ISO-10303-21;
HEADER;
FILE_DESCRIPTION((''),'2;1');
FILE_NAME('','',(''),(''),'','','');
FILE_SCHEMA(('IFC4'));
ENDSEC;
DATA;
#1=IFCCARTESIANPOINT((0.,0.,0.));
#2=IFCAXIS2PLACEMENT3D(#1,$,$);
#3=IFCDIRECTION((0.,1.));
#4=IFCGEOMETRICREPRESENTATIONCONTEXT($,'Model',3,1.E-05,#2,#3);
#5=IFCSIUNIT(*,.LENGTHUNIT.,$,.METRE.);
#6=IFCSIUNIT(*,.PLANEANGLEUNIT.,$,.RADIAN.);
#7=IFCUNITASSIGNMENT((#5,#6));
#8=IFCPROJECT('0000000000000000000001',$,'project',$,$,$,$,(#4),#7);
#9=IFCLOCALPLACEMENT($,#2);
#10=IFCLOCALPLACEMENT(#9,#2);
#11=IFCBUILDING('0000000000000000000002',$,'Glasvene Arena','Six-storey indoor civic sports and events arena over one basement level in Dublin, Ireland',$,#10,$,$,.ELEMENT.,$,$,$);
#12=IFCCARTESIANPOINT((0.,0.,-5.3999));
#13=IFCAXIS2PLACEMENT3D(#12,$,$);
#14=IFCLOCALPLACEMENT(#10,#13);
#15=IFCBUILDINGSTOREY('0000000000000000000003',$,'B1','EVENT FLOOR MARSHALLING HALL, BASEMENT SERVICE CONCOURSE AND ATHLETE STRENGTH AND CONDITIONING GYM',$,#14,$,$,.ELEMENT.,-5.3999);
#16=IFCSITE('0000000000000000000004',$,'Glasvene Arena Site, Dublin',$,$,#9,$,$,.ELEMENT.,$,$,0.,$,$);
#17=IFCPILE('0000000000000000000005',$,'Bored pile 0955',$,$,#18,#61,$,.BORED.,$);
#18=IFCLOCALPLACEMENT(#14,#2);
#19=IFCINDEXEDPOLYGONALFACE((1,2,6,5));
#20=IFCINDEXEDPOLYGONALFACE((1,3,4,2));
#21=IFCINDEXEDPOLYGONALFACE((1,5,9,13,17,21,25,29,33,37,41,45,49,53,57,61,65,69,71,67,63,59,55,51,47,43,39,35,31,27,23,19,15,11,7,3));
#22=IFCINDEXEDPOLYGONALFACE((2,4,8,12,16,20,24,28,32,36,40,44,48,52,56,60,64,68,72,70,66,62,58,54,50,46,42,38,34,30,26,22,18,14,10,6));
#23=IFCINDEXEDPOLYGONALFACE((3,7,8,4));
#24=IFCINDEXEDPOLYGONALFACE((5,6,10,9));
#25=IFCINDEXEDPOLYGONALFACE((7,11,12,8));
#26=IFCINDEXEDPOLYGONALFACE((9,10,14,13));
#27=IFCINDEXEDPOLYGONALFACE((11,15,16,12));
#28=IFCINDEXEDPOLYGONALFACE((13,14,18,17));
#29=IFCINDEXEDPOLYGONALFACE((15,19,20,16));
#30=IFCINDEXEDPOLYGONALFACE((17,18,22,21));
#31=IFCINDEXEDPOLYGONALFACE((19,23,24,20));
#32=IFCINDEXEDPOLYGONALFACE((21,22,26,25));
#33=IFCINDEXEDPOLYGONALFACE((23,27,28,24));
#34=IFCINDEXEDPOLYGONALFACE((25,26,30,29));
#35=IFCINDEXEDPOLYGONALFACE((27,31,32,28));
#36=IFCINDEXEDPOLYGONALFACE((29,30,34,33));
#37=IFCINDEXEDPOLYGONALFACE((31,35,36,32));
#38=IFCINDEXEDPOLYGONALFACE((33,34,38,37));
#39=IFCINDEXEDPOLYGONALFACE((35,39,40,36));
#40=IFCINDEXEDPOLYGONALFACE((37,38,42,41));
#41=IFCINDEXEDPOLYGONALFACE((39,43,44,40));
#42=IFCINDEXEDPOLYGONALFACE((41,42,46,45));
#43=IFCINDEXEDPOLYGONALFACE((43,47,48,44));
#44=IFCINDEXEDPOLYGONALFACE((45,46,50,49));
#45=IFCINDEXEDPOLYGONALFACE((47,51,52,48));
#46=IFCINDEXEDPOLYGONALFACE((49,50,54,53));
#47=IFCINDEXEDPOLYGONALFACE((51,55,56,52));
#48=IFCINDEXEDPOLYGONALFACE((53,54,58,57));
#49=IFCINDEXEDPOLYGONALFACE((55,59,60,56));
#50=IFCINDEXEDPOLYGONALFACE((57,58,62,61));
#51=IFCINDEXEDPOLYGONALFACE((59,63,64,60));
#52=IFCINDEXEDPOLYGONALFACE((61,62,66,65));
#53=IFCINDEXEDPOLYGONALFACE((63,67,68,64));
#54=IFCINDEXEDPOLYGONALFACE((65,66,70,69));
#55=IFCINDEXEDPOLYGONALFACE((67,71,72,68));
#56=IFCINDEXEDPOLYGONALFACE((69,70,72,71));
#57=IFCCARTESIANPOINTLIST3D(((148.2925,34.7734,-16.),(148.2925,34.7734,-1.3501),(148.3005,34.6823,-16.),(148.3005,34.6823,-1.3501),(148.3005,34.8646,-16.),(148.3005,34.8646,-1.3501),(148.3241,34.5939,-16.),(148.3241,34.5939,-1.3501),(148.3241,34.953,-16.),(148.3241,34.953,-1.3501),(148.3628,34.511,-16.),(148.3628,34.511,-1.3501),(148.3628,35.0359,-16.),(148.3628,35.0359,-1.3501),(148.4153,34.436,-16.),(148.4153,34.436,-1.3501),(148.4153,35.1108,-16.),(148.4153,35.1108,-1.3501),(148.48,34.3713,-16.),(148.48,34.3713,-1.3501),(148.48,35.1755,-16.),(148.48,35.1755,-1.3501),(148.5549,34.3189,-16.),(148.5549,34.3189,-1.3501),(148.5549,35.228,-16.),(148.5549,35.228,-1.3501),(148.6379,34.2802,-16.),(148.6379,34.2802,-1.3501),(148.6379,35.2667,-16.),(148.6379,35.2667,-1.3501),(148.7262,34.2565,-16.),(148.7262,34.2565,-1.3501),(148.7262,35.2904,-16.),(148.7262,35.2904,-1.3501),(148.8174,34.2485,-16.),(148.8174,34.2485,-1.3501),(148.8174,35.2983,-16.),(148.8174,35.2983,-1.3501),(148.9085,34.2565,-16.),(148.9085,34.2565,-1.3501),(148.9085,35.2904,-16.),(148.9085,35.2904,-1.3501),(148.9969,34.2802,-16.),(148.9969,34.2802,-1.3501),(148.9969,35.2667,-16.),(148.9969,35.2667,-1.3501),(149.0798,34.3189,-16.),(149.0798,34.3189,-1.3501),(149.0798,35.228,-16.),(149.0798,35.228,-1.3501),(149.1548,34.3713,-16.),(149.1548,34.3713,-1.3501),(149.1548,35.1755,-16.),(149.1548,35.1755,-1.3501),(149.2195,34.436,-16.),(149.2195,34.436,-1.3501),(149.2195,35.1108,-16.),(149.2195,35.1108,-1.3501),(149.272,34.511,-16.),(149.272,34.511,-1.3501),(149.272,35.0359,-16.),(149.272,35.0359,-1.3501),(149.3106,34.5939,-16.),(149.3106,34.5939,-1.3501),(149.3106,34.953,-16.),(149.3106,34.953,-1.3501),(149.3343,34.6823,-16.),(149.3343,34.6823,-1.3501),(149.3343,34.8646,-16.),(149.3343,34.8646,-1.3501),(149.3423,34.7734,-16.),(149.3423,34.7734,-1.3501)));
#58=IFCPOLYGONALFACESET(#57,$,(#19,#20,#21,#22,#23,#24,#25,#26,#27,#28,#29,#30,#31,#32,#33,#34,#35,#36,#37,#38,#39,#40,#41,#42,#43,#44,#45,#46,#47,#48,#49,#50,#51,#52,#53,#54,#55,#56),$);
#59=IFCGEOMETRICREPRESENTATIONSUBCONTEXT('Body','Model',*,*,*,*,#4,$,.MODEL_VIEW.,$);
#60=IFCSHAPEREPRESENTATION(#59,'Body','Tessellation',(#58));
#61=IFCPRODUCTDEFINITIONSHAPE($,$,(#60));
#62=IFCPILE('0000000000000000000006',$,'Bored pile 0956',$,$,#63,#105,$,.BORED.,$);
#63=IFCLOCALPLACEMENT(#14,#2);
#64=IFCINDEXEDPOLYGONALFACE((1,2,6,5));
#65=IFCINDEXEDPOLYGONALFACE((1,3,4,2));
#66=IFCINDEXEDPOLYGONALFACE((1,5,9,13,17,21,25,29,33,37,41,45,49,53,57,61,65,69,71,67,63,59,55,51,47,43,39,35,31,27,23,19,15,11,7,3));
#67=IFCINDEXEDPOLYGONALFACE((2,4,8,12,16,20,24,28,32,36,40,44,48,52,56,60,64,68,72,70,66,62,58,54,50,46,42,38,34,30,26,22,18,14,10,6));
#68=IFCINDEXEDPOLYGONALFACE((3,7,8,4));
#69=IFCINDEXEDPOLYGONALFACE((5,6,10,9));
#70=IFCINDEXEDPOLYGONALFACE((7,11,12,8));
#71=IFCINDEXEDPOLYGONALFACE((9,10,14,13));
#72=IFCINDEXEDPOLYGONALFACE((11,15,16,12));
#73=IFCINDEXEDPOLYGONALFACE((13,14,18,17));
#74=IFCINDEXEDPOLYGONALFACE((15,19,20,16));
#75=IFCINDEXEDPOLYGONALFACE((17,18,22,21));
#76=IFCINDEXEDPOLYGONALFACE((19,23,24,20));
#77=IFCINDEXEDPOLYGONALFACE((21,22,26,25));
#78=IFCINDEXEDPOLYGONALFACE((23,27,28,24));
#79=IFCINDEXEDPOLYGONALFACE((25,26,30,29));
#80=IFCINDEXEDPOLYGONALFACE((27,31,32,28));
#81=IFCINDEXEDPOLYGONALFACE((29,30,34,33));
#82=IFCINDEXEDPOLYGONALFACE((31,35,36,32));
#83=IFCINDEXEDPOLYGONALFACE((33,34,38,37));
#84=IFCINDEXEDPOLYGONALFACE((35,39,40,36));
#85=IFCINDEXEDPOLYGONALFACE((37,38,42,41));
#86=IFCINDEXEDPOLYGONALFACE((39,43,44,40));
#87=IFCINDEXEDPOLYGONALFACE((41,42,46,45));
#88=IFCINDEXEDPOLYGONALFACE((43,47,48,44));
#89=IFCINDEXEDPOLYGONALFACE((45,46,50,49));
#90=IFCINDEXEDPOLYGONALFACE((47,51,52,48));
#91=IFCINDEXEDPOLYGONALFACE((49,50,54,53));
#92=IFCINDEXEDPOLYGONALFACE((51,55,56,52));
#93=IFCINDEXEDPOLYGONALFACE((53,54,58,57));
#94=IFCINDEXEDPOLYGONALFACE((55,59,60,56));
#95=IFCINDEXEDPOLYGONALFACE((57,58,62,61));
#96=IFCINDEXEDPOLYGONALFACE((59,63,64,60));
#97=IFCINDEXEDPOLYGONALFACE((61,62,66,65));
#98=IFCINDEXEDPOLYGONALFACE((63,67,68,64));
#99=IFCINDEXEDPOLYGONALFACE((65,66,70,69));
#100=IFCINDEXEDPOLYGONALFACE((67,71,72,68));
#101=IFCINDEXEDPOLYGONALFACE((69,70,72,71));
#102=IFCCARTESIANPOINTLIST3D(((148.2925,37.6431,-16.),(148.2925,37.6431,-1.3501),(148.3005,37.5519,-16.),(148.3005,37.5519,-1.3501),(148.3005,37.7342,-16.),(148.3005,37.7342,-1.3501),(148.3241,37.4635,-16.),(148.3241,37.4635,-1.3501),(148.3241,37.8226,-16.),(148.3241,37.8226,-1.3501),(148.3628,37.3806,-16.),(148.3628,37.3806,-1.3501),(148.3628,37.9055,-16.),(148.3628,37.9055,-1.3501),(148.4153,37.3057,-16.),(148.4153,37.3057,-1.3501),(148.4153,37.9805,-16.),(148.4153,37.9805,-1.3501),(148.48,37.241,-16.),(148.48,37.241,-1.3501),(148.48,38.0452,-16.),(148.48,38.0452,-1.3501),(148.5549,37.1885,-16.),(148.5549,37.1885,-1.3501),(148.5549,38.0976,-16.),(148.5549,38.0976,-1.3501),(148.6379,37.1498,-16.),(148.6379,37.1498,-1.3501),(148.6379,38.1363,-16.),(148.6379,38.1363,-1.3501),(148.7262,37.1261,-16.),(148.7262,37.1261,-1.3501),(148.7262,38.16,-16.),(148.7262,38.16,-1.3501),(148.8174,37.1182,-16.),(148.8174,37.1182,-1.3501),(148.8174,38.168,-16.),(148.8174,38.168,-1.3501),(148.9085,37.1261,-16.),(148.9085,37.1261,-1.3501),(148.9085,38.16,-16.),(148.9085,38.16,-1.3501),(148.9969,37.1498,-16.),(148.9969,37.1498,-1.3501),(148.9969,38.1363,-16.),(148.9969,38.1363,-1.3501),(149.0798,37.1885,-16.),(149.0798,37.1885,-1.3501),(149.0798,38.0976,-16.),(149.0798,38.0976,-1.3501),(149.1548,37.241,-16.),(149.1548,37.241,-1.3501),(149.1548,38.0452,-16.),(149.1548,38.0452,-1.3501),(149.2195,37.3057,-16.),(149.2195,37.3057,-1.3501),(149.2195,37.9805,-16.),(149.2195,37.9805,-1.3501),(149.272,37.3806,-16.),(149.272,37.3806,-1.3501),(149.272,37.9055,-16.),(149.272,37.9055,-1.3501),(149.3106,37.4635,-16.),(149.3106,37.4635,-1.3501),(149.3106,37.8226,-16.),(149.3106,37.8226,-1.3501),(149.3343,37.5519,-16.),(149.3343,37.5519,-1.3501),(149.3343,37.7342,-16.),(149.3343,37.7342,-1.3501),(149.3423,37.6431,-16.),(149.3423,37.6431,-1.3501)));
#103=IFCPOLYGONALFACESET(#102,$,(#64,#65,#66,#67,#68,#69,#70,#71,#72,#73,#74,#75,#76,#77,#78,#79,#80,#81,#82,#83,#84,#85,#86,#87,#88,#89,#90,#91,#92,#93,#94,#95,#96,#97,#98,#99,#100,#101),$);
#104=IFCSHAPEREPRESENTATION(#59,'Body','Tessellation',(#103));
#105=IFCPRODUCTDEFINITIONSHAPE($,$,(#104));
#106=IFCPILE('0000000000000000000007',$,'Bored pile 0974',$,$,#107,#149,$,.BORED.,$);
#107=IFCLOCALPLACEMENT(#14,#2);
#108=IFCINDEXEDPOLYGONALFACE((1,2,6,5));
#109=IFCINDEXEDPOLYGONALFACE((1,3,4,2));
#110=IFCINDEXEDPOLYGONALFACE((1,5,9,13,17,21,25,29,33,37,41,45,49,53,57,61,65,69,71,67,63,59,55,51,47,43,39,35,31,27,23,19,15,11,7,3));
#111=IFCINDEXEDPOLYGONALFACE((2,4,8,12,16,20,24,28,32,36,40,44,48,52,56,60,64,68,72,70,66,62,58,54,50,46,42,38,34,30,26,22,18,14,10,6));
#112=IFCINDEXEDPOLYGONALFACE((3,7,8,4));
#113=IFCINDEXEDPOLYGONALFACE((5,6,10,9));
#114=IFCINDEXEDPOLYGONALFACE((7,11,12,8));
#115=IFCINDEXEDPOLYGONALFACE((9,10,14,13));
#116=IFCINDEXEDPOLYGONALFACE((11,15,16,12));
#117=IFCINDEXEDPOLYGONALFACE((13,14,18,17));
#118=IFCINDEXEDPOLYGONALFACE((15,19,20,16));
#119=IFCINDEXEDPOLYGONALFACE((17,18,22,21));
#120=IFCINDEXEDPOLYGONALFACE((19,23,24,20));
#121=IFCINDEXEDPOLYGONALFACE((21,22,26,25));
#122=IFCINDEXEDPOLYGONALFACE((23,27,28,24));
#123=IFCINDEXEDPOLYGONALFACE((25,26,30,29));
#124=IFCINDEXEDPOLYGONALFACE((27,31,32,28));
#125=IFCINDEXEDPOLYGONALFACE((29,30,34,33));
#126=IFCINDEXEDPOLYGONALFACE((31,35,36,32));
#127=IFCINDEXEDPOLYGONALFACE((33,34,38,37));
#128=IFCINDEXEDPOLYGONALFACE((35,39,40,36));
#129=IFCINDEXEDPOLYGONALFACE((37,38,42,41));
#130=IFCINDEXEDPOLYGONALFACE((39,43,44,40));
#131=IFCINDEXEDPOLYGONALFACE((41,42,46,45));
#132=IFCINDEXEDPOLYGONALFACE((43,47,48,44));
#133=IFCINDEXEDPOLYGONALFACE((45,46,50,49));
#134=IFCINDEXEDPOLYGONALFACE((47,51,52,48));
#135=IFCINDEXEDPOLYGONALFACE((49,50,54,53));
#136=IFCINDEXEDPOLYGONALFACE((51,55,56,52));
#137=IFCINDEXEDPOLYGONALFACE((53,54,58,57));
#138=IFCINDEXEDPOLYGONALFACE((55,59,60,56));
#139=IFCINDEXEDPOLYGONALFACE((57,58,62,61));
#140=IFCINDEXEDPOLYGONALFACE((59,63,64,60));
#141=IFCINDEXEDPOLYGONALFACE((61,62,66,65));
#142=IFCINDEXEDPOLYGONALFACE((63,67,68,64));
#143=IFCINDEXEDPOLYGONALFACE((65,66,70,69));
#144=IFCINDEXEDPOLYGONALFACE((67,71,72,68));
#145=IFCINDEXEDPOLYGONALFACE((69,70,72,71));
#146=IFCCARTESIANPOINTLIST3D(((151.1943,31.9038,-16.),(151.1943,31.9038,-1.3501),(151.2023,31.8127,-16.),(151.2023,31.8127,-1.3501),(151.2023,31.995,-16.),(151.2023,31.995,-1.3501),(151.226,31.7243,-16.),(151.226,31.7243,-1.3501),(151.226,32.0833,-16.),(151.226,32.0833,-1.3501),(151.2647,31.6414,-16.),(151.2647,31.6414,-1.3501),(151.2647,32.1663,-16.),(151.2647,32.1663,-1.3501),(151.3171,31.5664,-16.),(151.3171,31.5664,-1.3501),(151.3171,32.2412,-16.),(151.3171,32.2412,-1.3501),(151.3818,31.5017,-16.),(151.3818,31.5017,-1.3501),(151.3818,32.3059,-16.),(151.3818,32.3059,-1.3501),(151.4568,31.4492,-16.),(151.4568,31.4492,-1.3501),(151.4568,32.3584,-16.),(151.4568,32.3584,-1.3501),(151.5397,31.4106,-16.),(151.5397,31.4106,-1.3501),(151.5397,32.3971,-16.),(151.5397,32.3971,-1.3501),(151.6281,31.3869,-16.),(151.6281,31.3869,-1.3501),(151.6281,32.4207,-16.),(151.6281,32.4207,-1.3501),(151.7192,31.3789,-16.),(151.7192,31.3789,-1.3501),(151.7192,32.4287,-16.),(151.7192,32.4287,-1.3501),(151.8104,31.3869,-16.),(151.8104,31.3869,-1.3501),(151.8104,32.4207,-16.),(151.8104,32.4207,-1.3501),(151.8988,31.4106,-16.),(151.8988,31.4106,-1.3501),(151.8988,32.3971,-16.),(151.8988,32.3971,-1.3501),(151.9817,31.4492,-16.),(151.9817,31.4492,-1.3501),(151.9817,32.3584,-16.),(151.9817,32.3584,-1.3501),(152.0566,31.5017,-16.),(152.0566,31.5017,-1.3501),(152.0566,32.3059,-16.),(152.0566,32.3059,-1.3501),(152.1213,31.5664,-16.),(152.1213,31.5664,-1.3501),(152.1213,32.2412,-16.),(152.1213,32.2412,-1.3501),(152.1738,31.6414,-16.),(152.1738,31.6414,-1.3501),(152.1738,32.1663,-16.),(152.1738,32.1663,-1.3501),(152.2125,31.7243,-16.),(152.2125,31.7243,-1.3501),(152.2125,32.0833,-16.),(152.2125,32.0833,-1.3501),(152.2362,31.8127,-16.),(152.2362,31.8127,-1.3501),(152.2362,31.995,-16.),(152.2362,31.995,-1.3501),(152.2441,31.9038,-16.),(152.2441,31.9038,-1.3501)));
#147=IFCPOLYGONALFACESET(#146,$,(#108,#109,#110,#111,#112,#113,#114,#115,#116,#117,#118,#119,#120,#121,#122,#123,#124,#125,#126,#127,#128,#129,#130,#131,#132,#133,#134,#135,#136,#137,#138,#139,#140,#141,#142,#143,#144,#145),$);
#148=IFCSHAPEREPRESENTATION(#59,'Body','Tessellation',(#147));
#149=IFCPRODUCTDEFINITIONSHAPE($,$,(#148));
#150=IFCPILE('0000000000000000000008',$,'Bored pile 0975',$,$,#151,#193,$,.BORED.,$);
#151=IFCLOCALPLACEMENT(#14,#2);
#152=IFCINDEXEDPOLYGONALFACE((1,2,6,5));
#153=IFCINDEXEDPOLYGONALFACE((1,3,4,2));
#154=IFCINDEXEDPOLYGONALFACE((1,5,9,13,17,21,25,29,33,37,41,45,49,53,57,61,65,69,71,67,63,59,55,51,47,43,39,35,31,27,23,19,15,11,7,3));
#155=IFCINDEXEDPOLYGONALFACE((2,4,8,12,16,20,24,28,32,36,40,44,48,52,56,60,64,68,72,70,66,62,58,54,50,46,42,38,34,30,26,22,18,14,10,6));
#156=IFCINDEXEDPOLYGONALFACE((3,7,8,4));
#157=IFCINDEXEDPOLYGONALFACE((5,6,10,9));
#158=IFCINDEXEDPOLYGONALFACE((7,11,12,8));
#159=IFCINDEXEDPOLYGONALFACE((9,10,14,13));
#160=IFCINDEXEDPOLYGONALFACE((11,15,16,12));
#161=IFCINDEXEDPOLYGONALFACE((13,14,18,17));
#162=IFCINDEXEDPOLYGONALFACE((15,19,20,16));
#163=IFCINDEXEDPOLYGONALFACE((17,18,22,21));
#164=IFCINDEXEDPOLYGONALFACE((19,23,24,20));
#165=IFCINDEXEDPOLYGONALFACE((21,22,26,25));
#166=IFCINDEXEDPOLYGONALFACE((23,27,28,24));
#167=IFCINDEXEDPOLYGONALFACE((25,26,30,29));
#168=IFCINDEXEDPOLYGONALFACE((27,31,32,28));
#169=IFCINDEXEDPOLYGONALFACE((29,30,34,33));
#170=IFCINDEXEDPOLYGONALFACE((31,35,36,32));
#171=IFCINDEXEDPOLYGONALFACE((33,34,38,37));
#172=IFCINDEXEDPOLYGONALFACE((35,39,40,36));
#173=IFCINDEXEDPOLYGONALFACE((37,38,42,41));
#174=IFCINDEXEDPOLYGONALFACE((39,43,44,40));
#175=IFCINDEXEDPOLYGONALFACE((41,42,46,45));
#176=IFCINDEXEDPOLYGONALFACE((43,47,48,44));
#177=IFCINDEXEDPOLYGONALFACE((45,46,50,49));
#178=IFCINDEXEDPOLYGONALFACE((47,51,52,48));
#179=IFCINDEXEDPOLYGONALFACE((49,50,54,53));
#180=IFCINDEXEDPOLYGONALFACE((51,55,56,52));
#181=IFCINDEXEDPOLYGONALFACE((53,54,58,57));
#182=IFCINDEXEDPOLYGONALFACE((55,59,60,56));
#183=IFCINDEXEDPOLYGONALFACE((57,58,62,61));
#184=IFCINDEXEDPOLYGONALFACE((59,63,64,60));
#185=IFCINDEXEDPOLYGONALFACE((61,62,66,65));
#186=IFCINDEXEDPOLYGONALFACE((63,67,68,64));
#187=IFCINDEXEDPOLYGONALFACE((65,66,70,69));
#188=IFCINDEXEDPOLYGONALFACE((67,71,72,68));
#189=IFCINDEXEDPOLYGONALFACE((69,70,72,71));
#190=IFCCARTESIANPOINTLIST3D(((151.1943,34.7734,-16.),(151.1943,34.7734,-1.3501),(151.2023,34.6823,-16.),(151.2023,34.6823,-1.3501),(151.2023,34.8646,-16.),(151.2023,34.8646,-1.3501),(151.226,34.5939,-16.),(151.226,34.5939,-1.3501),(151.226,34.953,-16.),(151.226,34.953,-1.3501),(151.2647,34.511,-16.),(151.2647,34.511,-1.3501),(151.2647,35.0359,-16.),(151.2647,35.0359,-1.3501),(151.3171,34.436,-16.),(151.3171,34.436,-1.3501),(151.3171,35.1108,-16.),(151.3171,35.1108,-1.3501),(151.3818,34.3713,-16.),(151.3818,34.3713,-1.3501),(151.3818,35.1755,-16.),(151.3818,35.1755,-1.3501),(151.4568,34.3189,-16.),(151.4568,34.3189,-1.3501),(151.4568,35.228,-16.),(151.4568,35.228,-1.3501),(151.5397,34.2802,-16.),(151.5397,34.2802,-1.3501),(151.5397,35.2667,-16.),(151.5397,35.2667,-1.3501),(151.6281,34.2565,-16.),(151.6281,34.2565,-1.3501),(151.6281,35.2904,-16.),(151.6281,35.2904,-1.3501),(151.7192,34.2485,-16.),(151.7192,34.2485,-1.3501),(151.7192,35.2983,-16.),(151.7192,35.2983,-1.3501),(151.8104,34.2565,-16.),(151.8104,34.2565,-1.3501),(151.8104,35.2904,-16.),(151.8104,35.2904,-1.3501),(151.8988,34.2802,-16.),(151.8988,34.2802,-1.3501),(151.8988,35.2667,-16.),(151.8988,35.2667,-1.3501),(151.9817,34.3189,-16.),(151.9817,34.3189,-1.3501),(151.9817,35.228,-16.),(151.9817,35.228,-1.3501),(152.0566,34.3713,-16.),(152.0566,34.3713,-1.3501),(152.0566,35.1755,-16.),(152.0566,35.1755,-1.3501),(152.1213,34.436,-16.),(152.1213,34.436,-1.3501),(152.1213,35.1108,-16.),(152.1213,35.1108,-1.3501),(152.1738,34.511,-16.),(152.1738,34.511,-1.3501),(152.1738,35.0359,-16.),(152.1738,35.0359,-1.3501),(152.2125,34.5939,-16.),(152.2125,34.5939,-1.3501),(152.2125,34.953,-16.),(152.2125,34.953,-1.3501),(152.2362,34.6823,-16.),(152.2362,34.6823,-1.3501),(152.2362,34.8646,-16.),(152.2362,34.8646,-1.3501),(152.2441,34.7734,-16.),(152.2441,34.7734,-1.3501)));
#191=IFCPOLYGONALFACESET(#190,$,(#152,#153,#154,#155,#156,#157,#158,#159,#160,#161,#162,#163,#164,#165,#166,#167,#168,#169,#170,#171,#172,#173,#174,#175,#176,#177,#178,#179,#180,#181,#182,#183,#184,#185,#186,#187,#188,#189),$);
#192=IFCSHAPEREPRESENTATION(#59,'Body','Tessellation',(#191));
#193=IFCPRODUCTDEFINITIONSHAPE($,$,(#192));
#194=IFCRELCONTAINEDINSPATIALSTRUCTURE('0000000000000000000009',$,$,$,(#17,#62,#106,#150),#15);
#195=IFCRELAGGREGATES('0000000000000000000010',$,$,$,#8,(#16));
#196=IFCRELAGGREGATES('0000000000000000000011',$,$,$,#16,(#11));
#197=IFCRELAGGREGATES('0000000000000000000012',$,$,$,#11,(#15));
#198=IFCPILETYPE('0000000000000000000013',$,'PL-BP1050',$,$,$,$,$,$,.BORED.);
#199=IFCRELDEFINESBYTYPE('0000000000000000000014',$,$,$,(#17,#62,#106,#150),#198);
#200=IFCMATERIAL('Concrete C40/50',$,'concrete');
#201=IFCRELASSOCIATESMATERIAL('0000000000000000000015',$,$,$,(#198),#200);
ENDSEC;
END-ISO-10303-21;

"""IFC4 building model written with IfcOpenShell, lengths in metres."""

from ifc_helpers import new_model, si_unit, direction, frame, origin, origin_2d, place, context, subcontext, project, spatial, circle, extrude, material, material_profile, profile_set, type_object, element, save


model = new_model("IFC4")

# Units and contexts
model_context = context("Model", 3, precision=1e-05, world=origin(), true_north=direction((0.0, 1.0)))
body_context = subcontext(model_context, "Body", "Model", "MODEL_VIEW")
ifc_project = project(units=[si_unit("LENGTHUNIT", "METRE"), si_unit("PLANEANGLEUNIT", "RADIAN")], contexts=[model_context])

# Site, building, storey
site_placement = place(None, origin())
site = spatial("IfcSite", under=ifc_project, at=site_placement, Name="Glasvene Arena Site, Dublin", CompositionType="ELEMENT", RefElevation=0.0)
building_placement = place(site_placement, origin())
building = spatial("IfcBuilding", under=site, at=building_placement, Name="Glasvene Arena", Description="Six-storey indoor civic sports and events arena over one basement level in Dublin, Ireland", CompositionType="ELEMENT")
storey_placement = place(building_placement, frame((0.0, 0.0, -5.3999)))
storey = spatial("IfcBuildingStorey", under=building, at=storey_placement, Name="B1", Description="EVENT FLOOR MARSHALLING HALL, BASEMENT SERVICE CONCOURSE AND ATHLETE STRENGTH AND CONDITIONING GYM", CompositionType="ELEMENT", Elevation=-5.3999)

# Piles
ifc_material = material(Name="Concrete C40/50", Category="concrete")
ifc_material_profile = material_profile(ifc_material, circle(Radius=0.5249, at=origin_2d()), Name="BORED PILE 1050")
ifc_profile_set = profile_set([ifc_material_profile], Name="Concrete C40/50")
pile_type = type_object("IfcPileType", Name="PL-BP1050", PredefinedType="BORED", material=ifc_profile_set)
for number, where, z_axis, x_axis, name in (
    (1, (148.8174, 34.7734, -1.3501), (0.0, 0.0, -1.0), (1.0, 0.0, 0.0), "Bored pile 0955"),
    (2, (148.8174, 37.6431, -1.3501), (0.0, 0.0, -1.0), (1.0, 0.0, 0.0), "Bored pile 0956"),
    (3, (151.7192, 31.9038, -1.3501), (0.0, 0.0, -1.0), (1.0, 0.0, 0.0), "Bored pile 0974"),
    (4, (151.7192, 34.7734, -1.3501), (0.0, 0.0, -1.0), (1.0, 0.0, 0.0), "Bored pile 0975"),
):
    element("IfcPile", number, at=place(storey_placement, frame(where, z_axis=z_axis, x_axis=x_axis)), inside=storey, type_object=pile_type, Name=name, PredefinedType="BORED", context=body_context, shape_type="SweptSolid", body=[
        extrude(circle(Radius=0.5249, at=origin_2d()), origin(), (0.0, 0.0, 1.0), 14.6499),
    ])

save(model, "model.ifc")
